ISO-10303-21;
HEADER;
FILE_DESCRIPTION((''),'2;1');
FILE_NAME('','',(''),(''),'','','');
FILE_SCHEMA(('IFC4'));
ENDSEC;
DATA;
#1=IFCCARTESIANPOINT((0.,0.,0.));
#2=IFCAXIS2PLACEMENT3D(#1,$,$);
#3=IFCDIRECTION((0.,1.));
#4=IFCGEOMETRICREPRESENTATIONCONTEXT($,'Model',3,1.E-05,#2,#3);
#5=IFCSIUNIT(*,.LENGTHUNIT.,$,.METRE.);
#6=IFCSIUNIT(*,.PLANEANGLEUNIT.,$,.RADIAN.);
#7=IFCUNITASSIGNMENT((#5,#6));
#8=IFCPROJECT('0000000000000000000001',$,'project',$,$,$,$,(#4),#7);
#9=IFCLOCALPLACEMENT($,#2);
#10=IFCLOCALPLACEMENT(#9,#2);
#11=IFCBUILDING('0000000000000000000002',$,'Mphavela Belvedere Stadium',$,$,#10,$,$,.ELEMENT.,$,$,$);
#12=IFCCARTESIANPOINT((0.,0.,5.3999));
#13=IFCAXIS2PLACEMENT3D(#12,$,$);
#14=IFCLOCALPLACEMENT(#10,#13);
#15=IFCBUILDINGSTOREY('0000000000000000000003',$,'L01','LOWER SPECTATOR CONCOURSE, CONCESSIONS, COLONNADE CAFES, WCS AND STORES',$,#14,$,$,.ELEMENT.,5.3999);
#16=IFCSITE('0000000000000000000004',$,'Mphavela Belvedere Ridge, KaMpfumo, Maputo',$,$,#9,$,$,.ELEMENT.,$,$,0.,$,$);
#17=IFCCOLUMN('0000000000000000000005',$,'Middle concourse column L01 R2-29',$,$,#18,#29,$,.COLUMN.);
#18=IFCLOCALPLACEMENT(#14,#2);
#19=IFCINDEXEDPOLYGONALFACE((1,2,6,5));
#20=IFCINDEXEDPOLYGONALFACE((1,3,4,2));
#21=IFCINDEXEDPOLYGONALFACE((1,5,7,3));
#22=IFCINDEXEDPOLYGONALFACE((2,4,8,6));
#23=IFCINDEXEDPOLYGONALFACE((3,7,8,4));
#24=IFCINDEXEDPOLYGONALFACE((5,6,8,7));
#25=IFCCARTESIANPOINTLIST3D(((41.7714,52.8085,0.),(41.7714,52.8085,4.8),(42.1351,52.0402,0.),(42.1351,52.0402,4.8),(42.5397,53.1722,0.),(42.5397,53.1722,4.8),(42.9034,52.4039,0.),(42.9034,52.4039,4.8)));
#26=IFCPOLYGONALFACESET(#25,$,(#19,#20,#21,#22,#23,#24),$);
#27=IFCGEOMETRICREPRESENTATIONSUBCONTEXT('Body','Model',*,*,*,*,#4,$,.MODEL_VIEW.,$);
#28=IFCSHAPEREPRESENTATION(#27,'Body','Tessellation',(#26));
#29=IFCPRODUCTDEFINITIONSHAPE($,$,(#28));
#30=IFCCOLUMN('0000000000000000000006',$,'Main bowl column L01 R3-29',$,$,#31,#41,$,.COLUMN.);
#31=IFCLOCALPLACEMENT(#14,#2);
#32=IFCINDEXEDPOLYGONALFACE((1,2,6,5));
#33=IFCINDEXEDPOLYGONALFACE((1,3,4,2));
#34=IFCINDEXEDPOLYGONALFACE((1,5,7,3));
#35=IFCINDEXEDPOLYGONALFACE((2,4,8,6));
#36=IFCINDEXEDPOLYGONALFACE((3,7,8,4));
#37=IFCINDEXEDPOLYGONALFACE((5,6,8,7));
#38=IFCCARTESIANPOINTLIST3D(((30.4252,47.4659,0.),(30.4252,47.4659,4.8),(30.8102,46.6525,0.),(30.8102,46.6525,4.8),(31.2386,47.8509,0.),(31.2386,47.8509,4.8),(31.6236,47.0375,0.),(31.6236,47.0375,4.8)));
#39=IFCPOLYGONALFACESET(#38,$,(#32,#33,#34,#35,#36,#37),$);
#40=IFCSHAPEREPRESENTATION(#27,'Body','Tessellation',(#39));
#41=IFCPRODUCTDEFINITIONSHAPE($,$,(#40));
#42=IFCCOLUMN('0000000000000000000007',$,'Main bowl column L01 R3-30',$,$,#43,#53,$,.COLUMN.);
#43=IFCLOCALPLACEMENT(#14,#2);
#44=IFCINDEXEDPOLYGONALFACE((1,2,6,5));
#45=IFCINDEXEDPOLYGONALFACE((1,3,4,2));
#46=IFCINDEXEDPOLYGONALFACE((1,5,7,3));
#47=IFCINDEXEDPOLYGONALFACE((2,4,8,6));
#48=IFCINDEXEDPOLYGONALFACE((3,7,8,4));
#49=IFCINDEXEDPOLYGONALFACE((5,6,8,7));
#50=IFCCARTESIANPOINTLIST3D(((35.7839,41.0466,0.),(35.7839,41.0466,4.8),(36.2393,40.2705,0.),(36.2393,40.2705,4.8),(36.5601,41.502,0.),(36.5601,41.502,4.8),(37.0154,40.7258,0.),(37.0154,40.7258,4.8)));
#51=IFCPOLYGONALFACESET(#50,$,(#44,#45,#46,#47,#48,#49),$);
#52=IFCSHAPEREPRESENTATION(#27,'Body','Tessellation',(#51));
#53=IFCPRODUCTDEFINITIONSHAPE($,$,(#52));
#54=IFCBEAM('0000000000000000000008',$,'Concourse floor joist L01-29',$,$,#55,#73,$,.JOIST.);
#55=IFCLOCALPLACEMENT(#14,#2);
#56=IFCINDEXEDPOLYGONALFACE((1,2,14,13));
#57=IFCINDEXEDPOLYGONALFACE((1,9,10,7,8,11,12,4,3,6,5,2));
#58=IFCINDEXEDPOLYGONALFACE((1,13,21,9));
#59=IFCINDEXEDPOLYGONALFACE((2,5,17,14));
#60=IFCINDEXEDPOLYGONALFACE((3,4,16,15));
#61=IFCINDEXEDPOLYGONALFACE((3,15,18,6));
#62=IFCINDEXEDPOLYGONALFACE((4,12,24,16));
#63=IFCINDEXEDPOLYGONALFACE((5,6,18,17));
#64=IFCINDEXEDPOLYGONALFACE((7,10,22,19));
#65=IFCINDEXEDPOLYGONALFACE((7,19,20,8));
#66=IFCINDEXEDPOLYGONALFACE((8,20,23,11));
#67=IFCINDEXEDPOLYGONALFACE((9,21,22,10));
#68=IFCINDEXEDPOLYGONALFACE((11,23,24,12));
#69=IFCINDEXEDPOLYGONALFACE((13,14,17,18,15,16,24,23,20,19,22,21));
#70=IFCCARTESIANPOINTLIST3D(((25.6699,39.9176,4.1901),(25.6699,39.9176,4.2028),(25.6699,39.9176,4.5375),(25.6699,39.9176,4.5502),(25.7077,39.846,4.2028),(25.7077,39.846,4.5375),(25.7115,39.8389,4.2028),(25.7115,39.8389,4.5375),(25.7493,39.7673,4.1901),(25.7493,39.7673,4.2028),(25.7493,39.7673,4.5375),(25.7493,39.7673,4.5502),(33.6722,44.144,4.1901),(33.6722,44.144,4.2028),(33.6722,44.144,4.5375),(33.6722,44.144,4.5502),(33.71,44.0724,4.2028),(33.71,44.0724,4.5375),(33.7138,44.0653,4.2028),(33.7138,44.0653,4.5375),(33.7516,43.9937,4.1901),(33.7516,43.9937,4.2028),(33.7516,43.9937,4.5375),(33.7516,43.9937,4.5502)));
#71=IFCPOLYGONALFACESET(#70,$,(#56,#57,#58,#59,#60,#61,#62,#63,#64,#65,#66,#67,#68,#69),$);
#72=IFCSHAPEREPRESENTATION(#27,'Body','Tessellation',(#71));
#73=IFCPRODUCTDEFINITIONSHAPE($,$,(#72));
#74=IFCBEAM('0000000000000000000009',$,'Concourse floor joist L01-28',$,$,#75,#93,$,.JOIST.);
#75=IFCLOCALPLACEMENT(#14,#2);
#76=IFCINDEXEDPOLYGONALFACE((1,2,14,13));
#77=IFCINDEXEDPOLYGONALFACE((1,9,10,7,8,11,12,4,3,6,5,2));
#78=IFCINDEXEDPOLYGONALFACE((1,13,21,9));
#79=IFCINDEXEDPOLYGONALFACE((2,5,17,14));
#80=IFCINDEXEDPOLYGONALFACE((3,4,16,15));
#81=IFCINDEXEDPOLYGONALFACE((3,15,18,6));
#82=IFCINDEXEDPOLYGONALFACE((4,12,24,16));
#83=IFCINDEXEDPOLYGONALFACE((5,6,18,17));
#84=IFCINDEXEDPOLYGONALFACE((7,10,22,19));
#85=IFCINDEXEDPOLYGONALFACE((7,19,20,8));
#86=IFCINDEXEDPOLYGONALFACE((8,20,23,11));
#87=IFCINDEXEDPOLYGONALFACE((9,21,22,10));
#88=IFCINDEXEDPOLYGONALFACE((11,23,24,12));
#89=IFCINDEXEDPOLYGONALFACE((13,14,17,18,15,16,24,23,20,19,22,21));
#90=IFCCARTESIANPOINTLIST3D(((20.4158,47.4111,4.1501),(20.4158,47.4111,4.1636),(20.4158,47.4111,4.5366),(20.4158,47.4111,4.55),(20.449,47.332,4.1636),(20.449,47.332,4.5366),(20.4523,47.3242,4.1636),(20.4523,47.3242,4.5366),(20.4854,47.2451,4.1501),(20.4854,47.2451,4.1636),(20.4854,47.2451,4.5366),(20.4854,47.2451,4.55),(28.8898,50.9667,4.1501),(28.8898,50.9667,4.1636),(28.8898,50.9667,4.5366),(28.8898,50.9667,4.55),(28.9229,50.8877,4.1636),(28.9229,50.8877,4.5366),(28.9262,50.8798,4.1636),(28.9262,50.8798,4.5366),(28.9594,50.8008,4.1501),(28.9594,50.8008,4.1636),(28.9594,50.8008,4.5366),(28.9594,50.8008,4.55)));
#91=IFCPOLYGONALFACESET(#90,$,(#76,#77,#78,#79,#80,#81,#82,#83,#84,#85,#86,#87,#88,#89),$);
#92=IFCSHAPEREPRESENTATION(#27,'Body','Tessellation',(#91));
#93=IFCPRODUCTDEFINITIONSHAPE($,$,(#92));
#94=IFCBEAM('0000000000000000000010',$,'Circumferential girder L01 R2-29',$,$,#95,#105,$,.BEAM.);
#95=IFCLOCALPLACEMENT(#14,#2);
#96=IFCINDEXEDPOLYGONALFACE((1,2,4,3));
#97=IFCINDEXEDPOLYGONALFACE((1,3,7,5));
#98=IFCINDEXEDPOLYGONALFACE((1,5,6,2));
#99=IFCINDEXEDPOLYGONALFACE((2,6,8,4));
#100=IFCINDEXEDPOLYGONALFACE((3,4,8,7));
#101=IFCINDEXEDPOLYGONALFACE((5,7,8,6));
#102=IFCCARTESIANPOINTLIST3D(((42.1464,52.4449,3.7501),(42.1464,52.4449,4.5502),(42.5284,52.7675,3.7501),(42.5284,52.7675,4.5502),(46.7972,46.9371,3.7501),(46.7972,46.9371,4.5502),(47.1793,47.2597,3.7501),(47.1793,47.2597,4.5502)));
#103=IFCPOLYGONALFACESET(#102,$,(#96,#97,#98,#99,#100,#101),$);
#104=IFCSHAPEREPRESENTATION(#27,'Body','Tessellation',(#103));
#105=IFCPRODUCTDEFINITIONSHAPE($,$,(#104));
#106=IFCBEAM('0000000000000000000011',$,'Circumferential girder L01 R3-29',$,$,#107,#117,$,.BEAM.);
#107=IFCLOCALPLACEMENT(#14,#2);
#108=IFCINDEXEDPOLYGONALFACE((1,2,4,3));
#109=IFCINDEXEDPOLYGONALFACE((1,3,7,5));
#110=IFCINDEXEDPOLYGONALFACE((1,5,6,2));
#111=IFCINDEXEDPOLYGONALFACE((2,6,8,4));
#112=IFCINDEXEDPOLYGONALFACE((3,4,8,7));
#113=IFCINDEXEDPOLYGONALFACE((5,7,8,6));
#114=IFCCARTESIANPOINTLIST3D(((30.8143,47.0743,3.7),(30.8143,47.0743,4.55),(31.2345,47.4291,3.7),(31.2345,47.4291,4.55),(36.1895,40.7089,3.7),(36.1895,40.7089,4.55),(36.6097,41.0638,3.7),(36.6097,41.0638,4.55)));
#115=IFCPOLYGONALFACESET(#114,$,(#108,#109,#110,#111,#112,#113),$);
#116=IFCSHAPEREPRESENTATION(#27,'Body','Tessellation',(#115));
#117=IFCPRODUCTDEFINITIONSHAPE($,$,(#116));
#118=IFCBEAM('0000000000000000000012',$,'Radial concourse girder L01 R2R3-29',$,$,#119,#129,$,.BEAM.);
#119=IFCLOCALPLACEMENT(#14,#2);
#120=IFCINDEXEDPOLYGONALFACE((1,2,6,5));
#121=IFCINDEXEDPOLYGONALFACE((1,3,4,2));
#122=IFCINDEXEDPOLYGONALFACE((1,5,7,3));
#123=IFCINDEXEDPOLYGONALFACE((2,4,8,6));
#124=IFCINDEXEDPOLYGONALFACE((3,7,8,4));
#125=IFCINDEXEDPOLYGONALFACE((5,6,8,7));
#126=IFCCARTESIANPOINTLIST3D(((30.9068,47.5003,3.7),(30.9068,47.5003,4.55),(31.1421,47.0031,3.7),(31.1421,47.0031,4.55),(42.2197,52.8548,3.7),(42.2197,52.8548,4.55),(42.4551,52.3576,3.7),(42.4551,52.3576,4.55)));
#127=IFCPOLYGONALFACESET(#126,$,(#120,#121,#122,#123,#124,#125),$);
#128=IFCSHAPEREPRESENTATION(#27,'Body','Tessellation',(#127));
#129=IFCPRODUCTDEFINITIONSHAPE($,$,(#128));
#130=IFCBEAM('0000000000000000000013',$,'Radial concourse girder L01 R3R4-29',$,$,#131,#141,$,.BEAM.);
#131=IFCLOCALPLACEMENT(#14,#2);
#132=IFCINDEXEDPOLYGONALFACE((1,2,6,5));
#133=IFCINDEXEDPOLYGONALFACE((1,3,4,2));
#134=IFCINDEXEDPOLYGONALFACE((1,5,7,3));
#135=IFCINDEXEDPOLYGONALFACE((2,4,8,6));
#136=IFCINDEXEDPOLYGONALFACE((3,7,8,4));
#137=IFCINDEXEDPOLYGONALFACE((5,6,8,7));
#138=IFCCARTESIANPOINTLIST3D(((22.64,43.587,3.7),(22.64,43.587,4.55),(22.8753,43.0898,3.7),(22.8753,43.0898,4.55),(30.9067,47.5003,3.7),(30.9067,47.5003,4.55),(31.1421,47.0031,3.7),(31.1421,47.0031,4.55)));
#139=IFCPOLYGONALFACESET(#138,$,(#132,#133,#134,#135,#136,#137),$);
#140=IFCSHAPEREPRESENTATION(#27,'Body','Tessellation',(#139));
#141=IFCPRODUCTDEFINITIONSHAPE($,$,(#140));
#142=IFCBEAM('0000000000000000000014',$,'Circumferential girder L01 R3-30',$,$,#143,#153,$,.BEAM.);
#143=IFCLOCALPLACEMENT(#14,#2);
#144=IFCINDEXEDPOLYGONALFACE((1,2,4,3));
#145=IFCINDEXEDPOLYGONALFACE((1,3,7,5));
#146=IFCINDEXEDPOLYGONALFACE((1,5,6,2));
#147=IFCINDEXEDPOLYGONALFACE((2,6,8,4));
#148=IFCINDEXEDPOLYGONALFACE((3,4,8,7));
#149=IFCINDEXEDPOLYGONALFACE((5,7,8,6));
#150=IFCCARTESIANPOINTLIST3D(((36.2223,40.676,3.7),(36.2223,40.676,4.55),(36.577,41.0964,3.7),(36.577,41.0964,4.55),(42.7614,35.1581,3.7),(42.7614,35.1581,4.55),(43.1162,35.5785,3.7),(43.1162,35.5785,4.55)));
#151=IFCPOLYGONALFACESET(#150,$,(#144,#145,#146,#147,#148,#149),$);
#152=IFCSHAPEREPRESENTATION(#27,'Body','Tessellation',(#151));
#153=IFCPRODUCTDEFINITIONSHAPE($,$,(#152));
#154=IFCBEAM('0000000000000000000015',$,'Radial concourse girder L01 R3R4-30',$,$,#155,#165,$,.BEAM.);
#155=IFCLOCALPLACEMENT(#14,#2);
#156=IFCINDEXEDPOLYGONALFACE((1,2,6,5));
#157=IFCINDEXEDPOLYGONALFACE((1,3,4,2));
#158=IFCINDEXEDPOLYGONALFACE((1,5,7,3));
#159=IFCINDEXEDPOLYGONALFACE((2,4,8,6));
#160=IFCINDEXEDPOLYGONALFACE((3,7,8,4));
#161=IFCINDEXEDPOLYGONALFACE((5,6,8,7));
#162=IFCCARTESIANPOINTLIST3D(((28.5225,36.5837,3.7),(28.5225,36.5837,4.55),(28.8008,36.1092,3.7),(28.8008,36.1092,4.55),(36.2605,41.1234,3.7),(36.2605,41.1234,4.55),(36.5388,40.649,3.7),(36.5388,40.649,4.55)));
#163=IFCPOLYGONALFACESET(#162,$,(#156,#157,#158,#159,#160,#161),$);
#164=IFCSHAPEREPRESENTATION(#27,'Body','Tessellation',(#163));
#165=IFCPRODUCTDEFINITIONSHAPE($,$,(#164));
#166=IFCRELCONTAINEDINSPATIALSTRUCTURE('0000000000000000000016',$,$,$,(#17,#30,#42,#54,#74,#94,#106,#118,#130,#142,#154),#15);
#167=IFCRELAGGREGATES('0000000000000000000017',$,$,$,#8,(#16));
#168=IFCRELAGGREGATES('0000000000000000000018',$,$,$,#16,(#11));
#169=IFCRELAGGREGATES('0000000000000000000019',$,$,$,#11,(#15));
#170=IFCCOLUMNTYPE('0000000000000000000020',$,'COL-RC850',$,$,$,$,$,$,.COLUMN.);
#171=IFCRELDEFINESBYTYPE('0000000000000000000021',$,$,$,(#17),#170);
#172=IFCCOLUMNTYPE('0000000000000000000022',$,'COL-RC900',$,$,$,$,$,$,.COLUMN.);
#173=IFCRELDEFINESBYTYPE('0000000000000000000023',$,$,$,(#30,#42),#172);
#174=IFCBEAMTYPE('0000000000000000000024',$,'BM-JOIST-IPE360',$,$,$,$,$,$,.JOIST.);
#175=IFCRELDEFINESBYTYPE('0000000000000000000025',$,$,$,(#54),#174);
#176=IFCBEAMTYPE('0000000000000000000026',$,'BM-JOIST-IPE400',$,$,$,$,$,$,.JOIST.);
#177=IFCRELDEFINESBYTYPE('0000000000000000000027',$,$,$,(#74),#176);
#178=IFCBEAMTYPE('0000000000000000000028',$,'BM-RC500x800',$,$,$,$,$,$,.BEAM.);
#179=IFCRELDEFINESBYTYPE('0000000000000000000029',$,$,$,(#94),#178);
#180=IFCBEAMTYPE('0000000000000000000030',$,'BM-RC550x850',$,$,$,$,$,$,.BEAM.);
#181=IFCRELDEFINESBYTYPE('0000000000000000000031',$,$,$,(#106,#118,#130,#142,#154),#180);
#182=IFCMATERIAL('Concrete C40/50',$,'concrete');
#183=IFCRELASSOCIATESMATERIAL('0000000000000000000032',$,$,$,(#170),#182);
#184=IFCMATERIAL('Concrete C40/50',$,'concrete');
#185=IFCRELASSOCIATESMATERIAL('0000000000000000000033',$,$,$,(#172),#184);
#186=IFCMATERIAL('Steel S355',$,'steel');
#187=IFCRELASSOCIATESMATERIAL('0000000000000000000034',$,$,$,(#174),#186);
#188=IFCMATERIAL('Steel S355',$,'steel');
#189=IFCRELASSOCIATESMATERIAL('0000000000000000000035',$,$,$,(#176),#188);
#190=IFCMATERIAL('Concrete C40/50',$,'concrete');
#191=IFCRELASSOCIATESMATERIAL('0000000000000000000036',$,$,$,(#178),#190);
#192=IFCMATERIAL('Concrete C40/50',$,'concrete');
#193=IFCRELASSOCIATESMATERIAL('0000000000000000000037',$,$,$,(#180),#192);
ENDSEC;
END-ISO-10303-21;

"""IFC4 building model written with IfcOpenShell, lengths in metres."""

from ifc_helpers import new_model, si_unit, direction, frame, origin, origin_2d, place, context, subcontext, project, spatial, rectangle, i_section, extrude, material, material_profile, profile_set, type_object, element, save


model = new_model("IFC4")

# Units and contexts
model_context = context("Model", 3, precision=1e-05, world=origin(), true_north=direction((0.0, 1.0)))
body_context = subcontext(model_context, "Body", "Model", "MODEL_VIEW")
ifc_project = project(units=[si_unit("LENGTHUNIT", "METRE"), si_unit("PLANEANGLEUNIT", "RADIAN")], contexts=[model_context])

# Site, building, storey
site_placement = place(None, origin())
site = spatial("IfcSite", under=ifc_project, at=site_placement, Name="Mphavela Belvedere Ridge, KaMpfumo, Maputo", CompositionType="ELEMENT", RefElevation=0.0)
building_placement = place(site_placement, origin())
building = spatial("IfcBuilding", under=site, at=building_placement, Name="Mphavela Belvedere Stadium", CompositionType="ELEMENT")
storey_placement = place(building_placement, frame((0.0, 0.0, 5.3999)))
storey = spatial("IfcBuildingStorey", under=building, at=storey_placement, Name="L01", Description="LOWER SPECTATOR CONCOURSE, CONCESSIONS, COLONNADE CAFES, WCS AND STORES", CompositionType="ELEMENT", Elevation=5.3999)

# Columns
ifc_material_1 = material(Name="Concrete C40/50", Category="concrete")
ifc_material_profile_1 = material_profile(ifc_material_1, rectangle(XDim=0.8501, YDim=0.8501, at=origin_2d()), Name="RC 850x850")
ifc_profile_set_1 = profile_set([ifc_material_profile_1], Name="Concrete C40/50")
column_type_1 = type_object("IfcColumnType", Name="COL-RC850", PredefinedType="COLUMN", material=ifc_profile_set_1)
column_placement = place(storey_placement, frame((42.3374, 52.6062, 0.0), z_axis=(0.0, 0.0, 1.0), x_axis=(-0.903859, -0.427831, 0.0)))
element("IfcColumn", 1, at=column_placement, inside=storey, type_object=column_type_1, Name="Middle concourse column L01 R2-29", PredefinedType="COLUMN", context=body_context, shape_type="SweptSolid", body=[
    extrude(rectangle(XDim=0.8501, YDim=0.8501, at=origin_2d()), origin(), (0.0, 0.0, 1.0), 4.8),
])
ifc_material_2 = material(Name="Concrete C40/50", Category="concrete")
ifc_material_profile_2 = material_profile(ifc_material_2, rectangle(XDim=0.8999, YDim=0.8999, at=origin_2d()), Name="RC 900x900")
ifc_profile_set_2 = profile_set([ifc_material_profile_2], Name="Concrete C40/50")
column_type_2 = type_object("IfcColumnType", Name="COL-RC900", PredefinedType="COLUMN", material=ifc_profile_set_2)
for number, where, z_axis, x_axis, name in (
    (2, (31.0244, 47.2517, 0.0), (0.0, 0.0, 1.0), (-0.903859, -0.427831, 0.0), "Main bowl column L01 R3-29"),
    (3, (36.3997, 40.8862, 0.0), (0.0, 0.0, 1.0), (-0.862514, -0.506034, 0.0), "Main bowl column L01 R3-30"),
):
    element("IfcColumn", number, at=place(storey_placement, frame(where, z_axis=z_axis, x_axis=x_axis)), inside=storey, type_object=column_type_2, Name=name, PredefinedType="COLUMN", context=body_context, shape_type="SweptSolid", body=[
        extrude(rectangle(XDim=0.8999, YDim=0.8999, at=origin_2d()), origin(), (0.0, 0.0, 1.0), 4.8),
    ])

# Beams
ifc_material_3 = material(Name="Steel S355", Category="steel")
ifc_material_profile_3 = material_profile(ifc_material_3, i_section(OverallWidth=0.1699, OverallDepth=0.3601, WebThickness=0.0081, FlangeThickness=0.0127, at=origin_2d()), Name="IPE 360")
ifc_profile_set_3 = profile_set([ifc_material_profile_3], Name="Steel S355")
beam_type_1 = type_object("IfcBeamType", Name="BM-JOIST-IPE360", PredefinedType="JOIST", material=ifc_profile_set_3)
beam_1_placement = place(storey_placement, frame((33.7119, 44.0688, 4.3701), z_axis=(-0.884251, -0.467012, 0.0), x_axis=(0.467012, -0.884251, 0.0)))
element("IfcBeam", 4, at=beam_1_placement, inside=storey, type_object=beam_type_1, Name="Concourse floor joist L01-29", PredefinedType="JOIST", context=body_context, shape_type="SweptSolid", body=[
    extrude(i_section(OverallWidth=0.1699, OverallDepth=0.3601, WebThickness=0.0081, FlangeThickness=0.0127, at=origin_2d()), origin(), (0.0, 0.0, 1.0), 9.0498),
])
ifc_material_4 = material(Name="Steel S355", Category="steel")
ifc_material_profile_4 = material_profile(ifc_material_4, i_section(OverallWidth=0.1799, OverallDepth=0.3999, WebThickness=0.0085, FlangeThickness=0.0134, at=origin_2d()), Name="IPE 400")
ifc_profile_set_4 = profile_set([ifc_material_profile_4], Name="Steel S355")
beam_type_2 = type_object("IfcBeamType", Name="BM-JOIST-IPE400", PredefinedType="JOIST", material=ifc_profile_set_4)
beam_2_placement = place(storey_placement, frame((28.9246, 50.8838, 4.3501), z_axis=(-0.922113, -0.386921, 0.0), x_axis=(0.386921, -0.922113, 0.0)))
element("IfcBeam", 5, at=beam_2_placement, inside=storey, type_object=beam_type_2, Name="Concourse floor joist L01-28", PredefinedType="JOIST", context=body_context, shape_type="SweptSolid", body=[
    extrude(i_section(OverallWidth=0.1799, OverallDepth=0.3999, WebThickness=0.0085, FlangeThickness=0.0134, at=origin_2d()), origin(), (0.0, 0.0, 1.0), 9.1897),
])
ifc_material_5 = material(Name="Concrete C40/50", Category="concrete")
ifc_material_profile_5 = material_profile(ifc_material_5, rectangle(XDim=0.5, YDim=0.8, at=origin_2d()), Name="RC 500x800")
ifc_profile_set_5 = profile_set([ifc_material_profile_5], Name="Concrete C40/50")
beam_type_3 = type_object("IfcBeamType", Name="BM-RC500x800", PredefinedType="BEAM", material=ifc_profile_set_5)
beam_3_placement = place(storey_placement, frame((42.3374, 52.6062, 4.1501), z_axis=(0.645168, -0.764041, 0.0), x_axis=(0.764041, 0.645168, 0.0)))
element("IfcBeam", 6, at=beam_3_placement, inside=storey, type_object=beam_type_3, Name="Circumferential girder L01 R2-29", PredefinedType="BEAM", context=body_context, shape_type="SweptSolid", body=[
    extrude(rectangle(XDim=0.5, YDim=0.8, at=origin_2d()), origin(), (0.0, 0.0, 1.0), 7.2087),
])
ifc_material_6 = material(Name="Concrete C40/50", Category="concrete")
ifc_material_profile_6 = material_profile(ifc_material_6, rectangle(XDim=0.55, YDim=0.8501, at=origin_2d()), Name="RC 550x850")
ifc_profile_set_6 = profile_set([ifc_material_profile_6], Name="Concrete C40/50")
beam_type_4 = type_object("IfcBeamType", Name="BM-RC550x850", PredefinedType="BEAM", material=ifc_profile_set_6)
beam_4_placement = place(storey_placement, frame((31.0244, 47.2517, 4.125), z_axis=(0.645177, -0.764033, 0.0), x_axis=(0.764033, 0.645177, 0.0)))
element("IfcBeam", 7, at=beam_4_placement, inside=storey, type_object=beam_type_4, Name="Circumferential girder L01 R3-29", PredefinedType="BEAM", context=body_context, shape_type="SweptSolid", body=[
    extrude(rectangle(XDim=0.55, YDim=0.8501, at=origin_2d()), origin(), (0.0, 0.0, 1.0), 8.3313),
])
beam_5_placement = place(storey_placement, frame((42.3374, 52.6062, 4.125), z_axis=(-0.90387, -0.427806, 0.0), x_axis=(0.427806, -0.90387, 0.0)))
element("IfcBeam", 8, at=beam_5_placement, inside=storey, type_object=beam_type_4, Name="Radial concourse girder L01 R2R3-29", PredefinedType="BEAM", context=body_context, shape_type="SweptSolid", body=[
    extrude(rectangle(XDim=0.55, YDim=0.8501, at=origin_2d()), origin(), (0.0, 0.0, 1.0), 12.5161),
])
beam_6_placement = place(storey_placement, frame((31.0244, 47.2517, 4.125), z_axis=(-0.903845, -0.427859, 0.0), x_axis=(0.427859, -0.903845, 0.0)))
element("IfcBeam", 9, at=beam_6_placement, inside=storey, type_object=beam_type_4, Name="Radial concourse girder L01 R3R4-29", PredefinedType="BEAM", context=body_context, shape_type="SweptSolid", body=[
    extrude(rectangle(XDim=0.55, YDim=0.8501, at=origin_2d()), origin(), (0.0, 0.0, 1.0), 9.1462),
])
beam_7_placement = place(storey_placement, frame((36.3997, 40.8862, 4.125), z_axis=(0.764263, -0.644904, 0.0), x_axis=(0.644904, 0.764263, 0.0)))
element("IfcBeam", 10, at=beam_7_placement, inside=storey, type_object=beam_type_4, Name="Circumferential girder L01 R3-30", PredefinedType="BEAM", context=body_context, shape_type="SweptSolid", body=[
    extrude(rectangle(XDim=0.55, YDim=0.8501, at=origin_2d()), origin(), (0.0, 0.0, 1.0), 8.5562),
])
beam_8_placement = place(storey_placement, frame((36.3997, 40.8862, 4.125), z_axis=(-0.862518, -0.506027, 0.0), x_axis=(0.506027, -0.862518, 0.0)))
element("IfcBeam", 11, at=beam_8_placement, inside=storey, type_object=beam_type_4, Name="Radial concourse girder L01 R3R4-30", PredefinedType="BEAM", context=body_context, shape_type="SweptSolid", body=[
    extrude(rectangle(XDim=0.55, YDim=0.8501, at=origin_2d()), origin(), (0.0, 0.0, 1.0), 8.9714),
])

save(model, "model.ifc")
